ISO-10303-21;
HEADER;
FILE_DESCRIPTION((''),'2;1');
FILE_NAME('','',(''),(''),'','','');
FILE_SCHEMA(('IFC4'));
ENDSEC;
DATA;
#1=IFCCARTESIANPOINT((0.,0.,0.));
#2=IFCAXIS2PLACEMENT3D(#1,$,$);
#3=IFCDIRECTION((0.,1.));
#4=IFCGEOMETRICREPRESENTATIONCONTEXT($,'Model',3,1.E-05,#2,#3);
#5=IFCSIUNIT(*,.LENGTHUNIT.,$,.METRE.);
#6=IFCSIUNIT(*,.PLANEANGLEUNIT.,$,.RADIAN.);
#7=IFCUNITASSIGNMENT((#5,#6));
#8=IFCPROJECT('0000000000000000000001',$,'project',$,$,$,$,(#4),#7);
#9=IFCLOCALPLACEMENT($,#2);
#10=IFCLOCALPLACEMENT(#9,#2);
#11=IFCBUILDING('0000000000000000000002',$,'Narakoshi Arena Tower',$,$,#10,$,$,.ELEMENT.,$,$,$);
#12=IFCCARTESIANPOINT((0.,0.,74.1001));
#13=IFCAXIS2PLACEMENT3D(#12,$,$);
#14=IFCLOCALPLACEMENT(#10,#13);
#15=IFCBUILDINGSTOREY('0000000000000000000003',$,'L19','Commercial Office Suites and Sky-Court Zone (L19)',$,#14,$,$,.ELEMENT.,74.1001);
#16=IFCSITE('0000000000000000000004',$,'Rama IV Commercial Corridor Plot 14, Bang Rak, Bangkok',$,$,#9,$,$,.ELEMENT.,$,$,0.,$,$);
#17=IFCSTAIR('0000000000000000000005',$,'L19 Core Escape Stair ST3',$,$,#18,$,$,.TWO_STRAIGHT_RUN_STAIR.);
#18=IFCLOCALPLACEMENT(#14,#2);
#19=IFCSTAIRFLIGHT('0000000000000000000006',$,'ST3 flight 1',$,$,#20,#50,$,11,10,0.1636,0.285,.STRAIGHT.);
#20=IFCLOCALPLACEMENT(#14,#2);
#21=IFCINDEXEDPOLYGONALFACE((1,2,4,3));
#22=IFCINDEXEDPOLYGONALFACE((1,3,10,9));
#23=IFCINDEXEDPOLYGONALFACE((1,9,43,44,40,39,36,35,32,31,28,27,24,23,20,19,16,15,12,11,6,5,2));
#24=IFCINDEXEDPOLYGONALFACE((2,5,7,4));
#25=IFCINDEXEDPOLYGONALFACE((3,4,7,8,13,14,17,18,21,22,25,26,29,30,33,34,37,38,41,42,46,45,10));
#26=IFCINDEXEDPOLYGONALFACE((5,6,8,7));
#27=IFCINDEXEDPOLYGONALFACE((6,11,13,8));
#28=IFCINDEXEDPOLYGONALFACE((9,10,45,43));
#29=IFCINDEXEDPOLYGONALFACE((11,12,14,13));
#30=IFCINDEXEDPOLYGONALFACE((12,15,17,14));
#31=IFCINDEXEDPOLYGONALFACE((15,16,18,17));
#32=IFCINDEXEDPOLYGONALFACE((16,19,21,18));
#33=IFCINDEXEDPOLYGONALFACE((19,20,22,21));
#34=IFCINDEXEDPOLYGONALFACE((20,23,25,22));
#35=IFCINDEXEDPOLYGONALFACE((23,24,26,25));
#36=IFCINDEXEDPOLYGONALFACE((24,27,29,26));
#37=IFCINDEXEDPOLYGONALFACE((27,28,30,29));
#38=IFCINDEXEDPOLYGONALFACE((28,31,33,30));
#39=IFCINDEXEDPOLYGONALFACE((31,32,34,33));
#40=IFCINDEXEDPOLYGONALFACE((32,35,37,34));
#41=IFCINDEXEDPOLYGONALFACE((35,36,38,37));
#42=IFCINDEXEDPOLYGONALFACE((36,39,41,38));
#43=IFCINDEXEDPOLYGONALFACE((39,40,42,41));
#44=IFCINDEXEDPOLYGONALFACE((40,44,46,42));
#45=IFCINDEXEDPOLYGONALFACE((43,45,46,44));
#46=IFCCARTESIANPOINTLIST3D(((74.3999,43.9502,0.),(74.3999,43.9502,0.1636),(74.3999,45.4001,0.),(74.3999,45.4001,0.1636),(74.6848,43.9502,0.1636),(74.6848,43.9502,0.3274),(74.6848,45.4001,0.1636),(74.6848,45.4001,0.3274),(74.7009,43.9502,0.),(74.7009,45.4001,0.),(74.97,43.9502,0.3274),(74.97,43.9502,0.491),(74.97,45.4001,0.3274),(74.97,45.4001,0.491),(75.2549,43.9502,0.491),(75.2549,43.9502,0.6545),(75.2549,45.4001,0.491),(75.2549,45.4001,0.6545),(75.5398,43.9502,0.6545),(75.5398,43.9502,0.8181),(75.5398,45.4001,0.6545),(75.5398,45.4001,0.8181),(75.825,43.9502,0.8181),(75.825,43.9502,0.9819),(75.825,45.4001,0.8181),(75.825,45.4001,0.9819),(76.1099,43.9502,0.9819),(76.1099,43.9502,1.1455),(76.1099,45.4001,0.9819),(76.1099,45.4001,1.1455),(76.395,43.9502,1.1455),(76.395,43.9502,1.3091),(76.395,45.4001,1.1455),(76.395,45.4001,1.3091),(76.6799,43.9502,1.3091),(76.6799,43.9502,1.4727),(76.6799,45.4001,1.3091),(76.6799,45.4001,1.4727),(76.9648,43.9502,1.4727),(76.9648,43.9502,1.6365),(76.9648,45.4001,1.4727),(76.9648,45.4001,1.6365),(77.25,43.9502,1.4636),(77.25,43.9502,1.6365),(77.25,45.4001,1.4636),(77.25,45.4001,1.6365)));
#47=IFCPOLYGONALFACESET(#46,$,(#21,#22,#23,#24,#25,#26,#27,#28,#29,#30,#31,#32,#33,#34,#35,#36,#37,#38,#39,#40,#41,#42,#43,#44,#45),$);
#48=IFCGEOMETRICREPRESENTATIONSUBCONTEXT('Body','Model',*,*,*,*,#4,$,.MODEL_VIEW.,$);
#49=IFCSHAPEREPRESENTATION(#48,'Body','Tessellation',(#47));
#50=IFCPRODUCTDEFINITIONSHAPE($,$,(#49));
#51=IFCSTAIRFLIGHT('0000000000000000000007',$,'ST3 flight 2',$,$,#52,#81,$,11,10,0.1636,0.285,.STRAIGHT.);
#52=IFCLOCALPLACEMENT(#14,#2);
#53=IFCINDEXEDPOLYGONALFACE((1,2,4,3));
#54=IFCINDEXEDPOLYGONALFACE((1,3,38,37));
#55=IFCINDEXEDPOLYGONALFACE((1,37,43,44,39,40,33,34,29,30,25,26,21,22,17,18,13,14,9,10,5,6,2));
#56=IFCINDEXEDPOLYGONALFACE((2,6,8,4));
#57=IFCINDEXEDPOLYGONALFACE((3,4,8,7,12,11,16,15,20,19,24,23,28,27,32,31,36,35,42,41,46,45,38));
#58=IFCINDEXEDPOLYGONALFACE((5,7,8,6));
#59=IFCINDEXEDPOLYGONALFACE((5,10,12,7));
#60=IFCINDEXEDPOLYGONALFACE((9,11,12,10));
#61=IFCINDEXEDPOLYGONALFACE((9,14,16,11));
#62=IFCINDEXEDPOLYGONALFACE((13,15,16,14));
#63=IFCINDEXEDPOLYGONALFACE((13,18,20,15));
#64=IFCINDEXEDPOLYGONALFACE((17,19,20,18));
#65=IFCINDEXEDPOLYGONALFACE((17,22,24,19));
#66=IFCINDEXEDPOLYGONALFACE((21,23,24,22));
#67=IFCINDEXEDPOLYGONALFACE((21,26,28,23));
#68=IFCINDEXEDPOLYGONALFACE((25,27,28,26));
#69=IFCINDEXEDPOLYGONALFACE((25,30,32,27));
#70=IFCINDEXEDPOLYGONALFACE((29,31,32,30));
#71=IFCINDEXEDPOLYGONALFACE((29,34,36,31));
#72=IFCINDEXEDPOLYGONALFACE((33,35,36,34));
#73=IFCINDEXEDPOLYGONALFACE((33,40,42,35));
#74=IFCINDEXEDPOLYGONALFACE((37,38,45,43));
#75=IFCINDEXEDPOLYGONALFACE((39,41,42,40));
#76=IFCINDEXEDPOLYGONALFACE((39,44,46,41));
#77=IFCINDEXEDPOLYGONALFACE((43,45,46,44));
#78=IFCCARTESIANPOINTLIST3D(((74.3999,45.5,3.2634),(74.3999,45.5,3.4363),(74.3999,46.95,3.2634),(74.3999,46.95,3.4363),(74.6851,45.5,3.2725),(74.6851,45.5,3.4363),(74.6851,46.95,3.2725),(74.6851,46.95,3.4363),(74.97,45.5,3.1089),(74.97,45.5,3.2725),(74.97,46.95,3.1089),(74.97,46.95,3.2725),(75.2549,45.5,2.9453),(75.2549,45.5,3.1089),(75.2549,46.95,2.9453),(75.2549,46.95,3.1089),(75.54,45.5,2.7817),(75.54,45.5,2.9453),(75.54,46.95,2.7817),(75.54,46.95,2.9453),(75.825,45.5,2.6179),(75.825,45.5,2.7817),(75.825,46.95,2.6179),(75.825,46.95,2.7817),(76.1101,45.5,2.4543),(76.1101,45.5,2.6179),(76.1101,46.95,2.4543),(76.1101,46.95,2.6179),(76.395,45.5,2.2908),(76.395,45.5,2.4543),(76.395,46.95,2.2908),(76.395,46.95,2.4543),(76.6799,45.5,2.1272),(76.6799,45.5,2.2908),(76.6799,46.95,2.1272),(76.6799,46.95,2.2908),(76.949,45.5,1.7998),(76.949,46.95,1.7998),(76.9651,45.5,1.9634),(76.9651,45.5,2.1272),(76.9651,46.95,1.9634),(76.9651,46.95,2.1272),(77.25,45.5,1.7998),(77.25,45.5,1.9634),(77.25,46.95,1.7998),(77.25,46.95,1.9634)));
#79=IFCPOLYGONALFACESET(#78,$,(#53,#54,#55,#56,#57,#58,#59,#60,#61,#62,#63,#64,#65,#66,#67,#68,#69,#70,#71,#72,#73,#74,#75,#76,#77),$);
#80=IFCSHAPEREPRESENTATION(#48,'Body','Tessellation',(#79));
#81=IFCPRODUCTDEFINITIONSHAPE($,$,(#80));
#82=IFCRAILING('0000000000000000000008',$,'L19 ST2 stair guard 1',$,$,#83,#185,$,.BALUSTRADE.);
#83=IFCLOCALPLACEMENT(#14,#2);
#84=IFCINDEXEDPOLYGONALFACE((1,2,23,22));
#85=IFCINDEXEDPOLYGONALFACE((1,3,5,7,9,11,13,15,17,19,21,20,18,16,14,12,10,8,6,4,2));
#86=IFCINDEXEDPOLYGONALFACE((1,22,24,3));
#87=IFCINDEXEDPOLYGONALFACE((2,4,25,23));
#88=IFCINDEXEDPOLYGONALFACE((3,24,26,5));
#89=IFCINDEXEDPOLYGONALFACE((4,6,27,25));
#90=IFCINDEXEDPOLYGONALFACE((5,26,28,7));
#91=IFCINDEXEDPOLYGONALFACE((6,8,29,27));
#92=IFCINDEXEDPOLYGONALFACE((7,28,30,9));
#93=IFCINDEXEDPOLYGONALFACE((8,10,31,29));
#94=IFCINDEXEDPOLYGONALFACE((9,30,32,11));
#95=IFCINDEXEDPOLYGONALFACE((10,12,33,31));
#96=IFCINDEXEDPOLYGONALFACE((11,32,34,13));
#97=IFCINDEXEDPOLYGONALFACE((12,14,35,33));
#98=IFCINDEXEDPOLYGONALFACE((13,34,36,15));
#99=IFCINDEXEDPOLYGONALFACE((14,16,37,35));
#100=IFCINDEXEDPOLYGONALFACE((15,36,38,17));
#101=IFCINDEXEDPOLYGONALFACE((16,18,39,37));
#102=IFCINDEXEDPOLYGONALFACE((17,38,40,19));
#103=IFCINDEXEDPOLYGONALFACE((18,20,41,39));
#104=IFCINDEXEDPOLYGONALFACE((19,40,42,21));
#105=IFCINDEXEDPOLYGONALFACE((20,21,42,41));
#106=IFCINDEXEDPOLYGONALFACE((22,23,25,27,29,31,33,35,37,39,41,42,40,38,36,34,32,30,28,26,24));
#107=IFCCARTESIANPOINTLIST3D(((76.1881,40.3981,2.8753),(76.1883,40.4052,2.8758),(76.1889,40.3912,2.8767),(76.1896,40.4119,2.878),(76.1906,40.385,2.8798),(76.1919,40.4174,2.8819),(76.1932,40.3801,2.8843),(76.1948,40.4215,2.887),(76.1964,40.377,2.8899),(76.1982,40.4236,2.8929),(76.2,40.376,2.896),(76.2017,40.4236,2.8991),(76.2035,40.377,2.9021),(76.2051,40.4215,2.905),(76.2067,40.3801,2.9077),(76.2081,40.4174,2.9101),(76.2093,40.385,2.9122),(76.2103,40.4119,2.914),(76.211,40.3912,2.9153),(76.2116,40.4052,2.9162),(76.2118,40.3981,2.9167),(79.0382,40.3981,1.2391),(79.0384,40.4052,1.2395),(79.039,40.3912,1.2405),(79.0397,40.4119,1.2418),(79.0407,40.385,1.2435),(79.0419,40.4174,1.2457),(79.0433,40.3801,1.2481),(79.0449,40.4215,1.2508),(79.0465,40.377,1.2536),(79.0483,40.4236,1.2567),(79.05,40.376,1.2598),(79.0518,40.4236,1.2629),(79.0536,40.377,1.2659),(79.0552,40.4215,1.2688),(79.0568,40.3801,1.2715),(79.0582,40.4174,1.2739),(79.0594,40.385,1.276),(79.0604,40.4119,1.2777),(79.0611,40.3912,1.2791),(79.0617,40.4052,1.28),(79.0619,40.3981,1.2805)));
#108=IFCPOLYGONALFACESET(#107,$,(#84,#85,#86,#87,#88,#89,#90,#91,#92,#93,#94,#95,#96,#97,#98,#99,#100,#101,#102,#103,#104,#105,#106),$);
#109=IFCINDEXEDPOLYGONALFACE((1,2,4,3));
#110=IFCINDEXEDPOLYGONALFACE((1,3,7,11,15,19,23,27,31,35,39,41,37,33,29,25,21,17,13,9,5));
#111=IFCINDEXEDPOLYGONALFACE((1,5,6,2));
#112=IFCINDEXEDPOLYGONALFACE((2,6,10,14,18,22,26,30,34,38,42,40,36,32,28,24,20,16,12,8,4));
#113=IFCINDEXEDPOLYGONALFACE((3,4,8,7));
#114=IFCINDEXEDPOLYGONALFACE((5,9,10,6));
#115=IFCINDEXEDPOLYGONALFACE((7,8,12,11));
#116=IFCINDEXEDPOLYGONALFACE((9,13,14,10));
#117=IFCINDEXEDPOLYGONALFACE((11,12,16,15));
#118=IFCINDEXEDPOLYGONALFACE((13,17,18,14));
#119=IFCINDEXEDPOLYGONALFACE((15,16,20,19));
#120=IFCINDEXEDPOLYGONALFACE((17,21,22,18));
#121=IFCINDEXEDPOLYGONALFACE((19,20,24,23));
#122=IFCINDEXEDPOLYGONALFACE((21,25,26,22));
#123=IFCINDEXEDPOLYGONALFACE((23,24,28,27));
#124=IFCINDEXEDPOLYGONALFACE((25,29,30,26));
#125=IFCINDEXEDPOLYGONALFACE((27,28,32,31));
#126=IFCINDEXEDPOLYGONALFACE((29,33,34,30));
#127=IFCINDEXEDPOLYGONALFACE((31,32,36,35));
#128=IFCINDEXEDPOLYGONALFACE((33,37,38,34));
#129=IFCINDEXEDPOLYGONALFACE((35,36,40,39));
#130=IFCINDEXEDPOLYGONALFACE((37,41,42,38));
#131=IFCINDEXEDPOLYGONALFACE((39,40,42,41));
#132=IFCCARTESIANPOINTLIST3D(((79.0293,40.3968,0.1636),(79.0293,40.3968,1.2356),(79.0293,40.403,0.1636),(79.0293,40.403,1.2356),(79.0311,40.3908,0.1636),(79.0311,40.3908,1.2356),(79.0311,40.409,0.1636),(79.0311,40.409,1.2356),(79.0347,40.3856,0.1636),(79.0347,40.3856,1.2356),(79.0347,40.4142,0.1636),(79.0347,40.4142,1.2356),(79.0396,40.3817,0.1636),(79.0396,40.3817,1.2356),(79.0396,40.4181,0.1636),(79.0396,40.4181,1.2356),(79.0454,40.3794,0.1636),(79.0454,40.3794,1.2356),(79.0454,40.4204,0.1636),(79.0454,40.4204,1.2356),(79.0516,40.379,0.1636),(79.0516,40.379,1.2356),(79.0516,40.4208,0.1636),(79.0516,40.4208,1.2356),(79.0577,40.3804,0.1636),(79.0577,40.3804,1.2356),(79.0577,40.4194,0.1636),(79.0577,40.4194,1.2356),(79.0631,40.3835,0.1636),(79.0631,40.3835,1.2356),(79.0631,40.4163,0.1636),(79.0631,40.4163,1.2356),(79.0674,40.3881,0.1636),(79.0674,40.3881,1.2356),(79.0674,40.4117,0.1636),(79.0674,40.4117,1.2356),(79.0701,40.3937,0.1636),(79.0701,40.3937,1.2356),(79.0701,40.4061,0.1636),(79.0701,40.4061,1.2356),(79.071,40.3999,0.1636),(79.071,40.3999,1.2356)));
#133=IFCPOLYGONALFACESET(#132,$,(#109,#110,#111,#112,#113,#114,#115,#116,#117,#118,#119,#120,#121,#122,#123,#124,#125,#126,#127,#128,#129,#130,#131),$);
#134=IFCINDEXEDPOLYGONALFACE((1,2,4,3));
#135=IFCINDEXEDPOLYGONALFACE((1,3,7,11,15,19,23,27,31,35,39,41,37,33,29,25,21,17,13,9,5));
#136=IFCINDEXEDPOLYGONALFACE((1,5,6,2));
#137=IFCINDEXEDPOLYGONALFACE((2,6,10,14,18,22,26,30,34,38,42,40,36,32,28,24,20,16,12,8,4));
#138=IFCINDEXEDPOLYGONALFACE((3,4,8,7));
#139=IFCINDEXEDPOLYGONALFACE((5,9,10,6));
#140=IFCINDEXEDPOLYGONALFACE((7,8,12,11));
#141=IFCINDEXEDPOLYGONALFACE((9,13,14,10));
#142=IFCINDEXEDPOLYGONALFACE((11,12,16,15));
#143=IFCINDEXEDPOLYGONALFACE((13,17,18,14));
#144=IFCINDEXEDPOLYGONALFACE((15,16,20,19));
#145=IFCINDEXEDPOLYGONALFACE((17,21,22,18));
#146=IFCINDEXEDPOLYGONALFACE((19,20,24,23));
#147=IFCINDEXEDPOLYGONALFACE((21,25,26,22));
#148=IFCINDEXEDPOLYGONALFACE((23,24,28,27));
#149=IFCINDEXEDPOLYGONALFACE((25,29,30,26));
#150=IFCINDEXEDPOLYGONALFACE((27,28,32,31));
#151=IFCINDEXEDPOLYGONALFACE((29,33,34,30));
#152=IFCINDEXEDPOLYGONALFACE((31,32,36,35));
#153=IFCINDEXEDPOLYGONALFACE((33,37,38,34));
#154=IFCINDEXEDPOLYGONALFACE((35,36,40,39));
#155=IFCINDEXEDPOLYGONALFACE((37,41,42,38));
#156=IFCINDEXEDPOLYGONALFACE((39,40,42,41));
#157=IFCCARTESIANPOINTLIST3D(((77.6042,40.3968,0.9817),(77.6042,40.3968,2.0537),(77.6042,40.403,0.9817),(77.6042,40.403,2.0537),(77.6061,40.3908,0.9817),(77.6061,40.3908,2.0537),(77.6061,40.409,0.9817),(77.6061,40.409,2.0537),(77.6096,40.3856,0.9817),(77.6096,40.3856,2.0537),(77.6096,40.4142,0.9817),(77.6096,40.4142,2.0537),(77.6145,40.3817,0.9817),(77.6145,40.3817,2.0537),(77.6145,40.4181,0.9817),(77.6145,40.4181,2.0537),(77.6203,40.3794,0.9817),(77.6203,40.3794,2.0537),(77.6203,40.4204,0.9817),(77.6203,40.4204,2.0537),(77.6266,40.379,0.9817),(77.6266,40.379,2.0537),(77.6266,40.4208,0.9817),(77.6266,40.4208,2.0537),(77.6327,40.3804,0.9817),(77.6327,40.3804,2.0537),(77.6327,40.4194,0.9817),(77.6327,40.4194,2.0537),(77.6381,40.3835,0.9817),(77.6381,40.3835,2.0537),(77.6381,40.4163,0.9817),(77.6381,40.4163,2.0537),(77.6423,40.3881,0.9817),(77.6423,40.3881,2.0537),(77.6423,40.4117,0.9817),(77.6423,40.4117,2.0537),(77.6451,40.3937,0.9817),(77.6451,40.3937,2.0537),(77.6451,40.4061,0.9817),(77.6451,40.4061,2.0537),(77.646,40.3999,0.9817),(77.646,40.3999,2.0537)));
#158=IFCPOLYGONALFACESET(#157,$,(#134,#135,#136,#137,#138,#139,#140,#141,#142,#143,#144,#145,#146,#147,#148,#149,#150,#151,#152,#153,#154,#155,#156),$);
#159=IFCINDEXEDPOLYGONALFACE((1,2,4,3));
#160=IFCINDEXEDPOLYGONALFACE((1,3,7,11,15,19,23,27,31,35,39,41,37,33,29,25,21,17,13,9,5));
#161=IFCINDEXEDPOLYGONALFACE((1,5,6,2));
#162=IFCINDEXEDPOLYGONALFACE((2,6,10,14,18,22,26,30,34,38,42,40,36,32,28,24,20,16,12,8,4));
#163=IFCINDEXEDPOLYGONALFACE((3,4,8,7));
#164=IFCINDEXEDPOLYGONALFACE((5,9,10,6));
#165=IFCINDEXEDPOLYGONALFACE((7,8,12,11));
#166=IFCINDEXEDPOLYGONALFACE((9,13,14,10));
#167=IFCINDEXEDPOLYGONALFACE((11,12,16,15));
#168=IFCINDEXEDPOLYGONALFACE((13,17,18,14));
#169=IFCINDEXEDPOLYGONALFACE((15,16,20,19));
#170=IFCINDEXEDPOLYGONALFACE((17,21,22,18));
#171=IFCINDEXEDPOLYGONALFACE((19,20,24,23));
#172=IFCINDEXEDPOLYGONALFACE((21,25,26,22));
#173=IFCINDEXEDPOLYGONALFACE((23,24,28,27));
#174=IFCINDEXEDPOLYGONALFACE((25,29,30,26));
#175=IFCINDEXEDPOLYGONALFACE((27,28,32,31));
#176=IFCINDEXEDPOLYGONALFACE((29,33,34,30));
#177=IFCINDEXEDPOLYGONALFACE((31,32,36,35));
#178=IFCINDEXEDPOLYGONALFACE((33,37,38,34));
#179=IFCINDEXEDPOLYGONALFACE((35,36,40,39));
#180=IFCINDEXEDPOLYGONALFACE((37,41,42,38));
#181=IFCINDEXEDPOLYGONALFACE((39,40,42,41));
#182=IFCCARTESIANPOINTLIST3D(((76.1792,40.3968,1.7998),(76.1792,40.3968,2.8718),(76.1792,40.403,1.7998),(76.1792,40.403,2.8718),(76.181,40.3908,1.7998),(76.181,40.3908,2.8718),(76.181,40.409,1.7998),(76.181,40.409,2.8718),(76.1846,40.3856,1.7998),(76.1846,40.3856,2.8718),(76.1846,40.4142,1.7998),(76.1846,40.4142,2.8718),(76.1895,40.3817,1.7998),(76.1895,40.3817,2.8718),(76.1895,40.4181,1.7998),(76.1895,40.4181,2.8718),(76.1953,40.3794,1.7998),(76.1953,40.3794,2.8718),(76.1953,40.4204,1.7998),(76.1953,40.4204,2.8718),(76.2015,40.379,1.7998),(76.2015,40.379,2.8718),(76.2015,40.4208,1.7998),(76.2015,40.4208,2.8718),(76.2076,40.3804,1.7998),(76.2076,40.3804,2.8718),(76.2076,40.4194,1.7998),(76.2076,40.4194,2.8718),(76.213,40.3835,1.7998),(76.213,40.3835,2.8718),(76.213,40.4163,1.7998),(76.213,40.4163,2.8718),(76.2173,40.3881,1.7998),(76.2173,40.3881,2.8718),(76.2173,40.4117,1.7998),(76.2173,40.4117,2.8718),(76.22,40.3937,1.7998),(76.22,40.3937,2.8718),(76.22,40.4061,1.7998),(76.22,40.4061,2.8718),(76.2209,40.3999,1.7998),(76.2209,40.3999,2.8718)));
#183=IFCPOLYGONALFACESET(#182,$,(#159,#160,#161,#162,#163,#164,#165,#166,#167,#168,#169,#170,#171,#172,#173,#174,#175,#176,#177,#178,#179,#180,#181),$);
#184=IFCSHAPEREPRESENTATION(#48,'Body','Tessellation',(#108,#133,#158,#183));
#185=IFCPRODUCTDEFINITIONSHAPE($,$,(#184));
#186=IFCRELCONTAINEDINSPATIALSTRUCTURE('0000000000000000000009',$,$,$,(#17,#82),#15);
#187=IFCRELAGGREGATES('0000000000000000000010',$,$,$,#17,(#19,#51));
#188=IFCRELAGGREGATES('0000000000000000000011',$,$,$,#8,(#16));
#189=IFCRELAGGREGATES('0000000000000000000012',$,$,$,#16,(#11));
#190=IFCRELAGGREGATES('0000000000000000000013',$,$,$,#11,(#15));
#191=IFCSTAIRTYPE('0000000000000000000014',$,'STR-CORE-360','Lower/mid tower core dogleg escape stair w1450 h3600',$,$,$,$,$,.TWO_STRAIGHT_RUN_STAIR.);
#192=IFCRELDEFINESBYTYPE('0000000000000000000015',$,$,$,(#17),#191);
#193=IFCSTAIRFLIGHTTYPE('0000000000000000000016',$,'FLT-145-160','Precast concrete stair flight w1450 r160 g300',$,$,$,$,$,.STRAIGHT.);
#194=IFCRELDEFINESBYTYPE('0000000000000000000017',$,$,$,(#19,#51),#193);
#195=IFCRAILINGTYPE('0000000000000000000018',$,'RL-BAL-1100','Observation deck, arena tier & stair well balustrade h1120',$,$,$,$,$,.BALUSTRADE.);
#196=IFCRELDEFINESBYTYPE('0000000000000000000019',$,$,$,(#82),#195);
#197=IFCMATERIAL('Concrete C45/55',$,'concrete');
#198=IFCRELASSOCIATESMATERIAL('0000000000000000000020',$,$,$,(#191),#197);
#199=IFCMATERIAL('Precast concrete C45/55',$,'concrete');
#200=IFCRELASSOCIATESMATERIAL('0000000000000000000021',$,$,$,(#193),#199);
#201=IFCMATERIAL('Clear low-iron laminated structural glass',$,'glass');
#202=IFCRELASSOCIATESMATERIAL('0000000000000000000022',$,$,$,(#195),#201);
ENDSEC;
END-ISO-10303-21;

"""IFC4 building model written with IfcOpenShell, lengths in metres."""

from ifc_helpers import new_model, si_unit, direction, frame, origin, origin_2d, place, context, subcontext, project, spatial, polyline, circle, outline, extrude, material, type_object, element, aggregate, save


model = new_model("IFC4")

# Units and contexts
model_context = context("Model", 3, precision=1e-05, world=origin(), true_north=direction((0.0, 1.0)))
body_context = subcontext(model_context, "Body", "Model", "MODEL_VIEW")
ifc_project = project(units=[si_unit("LENGTHUNIT", "METRE"), si_unit("PLANEANGLEUNIT", "RADIAN")], contexts=[model_context])

# Site, building, storey
site_placement = place(None, origin())
site = spatial("IfcSite", under=ifc_project, at=site_placement, Name="Rama IV Commercial Corridor Plot 14, Bang Rak, Bangkok", CompositionType="ELEMENT", RefElevation=0.0)
building_placement = place(site_placement, origin())
building = spatial("IfcBuilding", under=site, at=building_placement, Name="Narakoshi Arena Tower", CompositionType="ELEMENT")
storey_placement = place(building_placement, frame((0.0, 0.0, 74.1001)))
storey = spatial("IfcBuildingStorey", under=building, at=storey_placement, Name="L19", Description="Commercial Office Suites and Sky-Court Zone (L19)", CompositionType="ELEMENT", Elevation=74.1001)

# Shared definitions
ifc_material_1 = material(Name="Concrete C45/55", Category="concrete")
stair_type = type_object("IfcStairType", Name="STR-CORE-360", Description="Lower/mid tower core dogleg escape stair w1450 h3600", PredefinedType="TWO_STRAIGHT_RUN_STAIR", material=ifc_material_1)
ifc_material_2 = material(Name="Precast concrete C45/55", Category="concrete")
stair_flight_type = type_object("IfcStairFlightType", Name="FLT-145-160", Description="Precast concrete stair flight w1450 r160 g300", PredefinedType="STRAIGHT", material=ifc_material_2)

# Stair, stair flights
stair_1_placement = place(storey_placement, origin())
stair_1 = element("IfcStair", 1, at=stair_1_placement, inside=storey, type_object=stair_type, Name="L19 Core Escape Stair ST3", PredefinedType="TWO_STRAIGHT_RUN_STAIR")
stair_flight_1_placement = place(storey_placement, frame((74.3999, 44.675, 0.0), z_axis=(0.0, 0.0, 1.0), x_axis=(1.0, 0.0, 0.0)))
stair_flight_1 = element("IfcStairFlight", 2, at=stair_flight_1_placement, type_object=stair_flight_type, Name="ST3 flight 1", NumberOfRisers=11, NumberOfTreads=10, PredefinedType="STRAIGHT", RiserHeight=0.1636, TreadLength=0.285, context=body_context, shape_type="SweptSolid", body=[
    extrude(outline(polyline([(0.0, 0.0), (0.0, 0.1636), (0.2849, 0.1636), (0.2849, 0.3274), (0.5701, 0.3274), (0.5701, 0.491), (0.855, 0.491), (0.855, 0.6545), (1.1399, 0.6545), (1.1399, 0.8181), (1.425, 0.8181), (1.425, 0.9819), (1.71, 0.9819), (1.71, 1.1455), (1.9951, 1.1455), (1.9951, 1.3091), (2.28, 1.3091), (2.28, 1.4727), (2.5649, 1.4727), (2.5649, 1.6365), (2.8501, 1.6365), (2.8501, 1.8), (2.8501, 1.4636), (0.301, 0.0), (0.0, 0.0)])), frame((0.0, 0.7251, 0.0), z_axis=(0.0, -1.0, 0.0), x_axis=(1.0, 0.0, 0.0)), (0.0, 0.0, 1.0), 1.45),
])
stair_flight_2_placement = place(storey_placement, frame((77.25, 46.2251, 1.7998), z_axis=(0.0, 0.0, 1.0), x_axis=(-1.0, 0.0, 0.0)))
stair_flight_2 = element("IfcStairFlight", 3, at=stair_flight_2_placement, type_object=stair_flight_type, Name="ST3 flight 2", NumberOfRisers=11, NumberOfTreads=10, PredefinedType="STRAIGHT", RiserHeight=0.1636, TreadLength=0.285, context=body_context, shape_type="SweptSolid", body=[
    extrude(outline(polyline([(0.0, 0.0), (0.0, 0.1636), (0.2849, 0.1636), (0.2849, 0.3274), (0.5701, 0.3274), (0.5701, 0.491), (0.855, 0.491), (0.855, 0.6545), (1.1399, 0.6545), (1.1399, 0.8181), (1.425, 0.8181), (1.425, 0.9819), (1.71, 0.9819), (1.71, 1.1455), (1.9951, 1.1455), (1.9951, 1.3091), (2.28, 1.3091), (2.28, 1.4727), (2.5649, 1.4727), (2.5649, 1.6365), (2.8501, 1.6365), (2.8501, 1.8), (2.8501, 1.4636), (0.301, 0.0), (0.0, 0.0)])), frame((0.0, 0.7251, 0.0), z_axis=(0.0, -1.0, 0.0), x_axis=(1.0, 0.0, 0.0)), (0.0, 0.0, 1.0), 1.45),
])
aggregate(stair_1, [stair_flight_1, stair_flight_2])

# Railing
ifc_material_3 = material(Name="Clear low-iron laminated structural glass", Category="glass")
railing_type_1 = type_object("IfcRailingType", Name="RL-BAL-1100", Description="Observation deck, arena tier & stair well balustrade h1120", PredefinedType="BALUSTRADE", material=ifc_material_3)
railing_1_placement = place(storey_placement, frame((79.05, 40.3999, 0.1636)))
element("IfcRailing", 4, at=railing_1_placement, inside=storey, type_object=railing_type_1, Name="L19 ST2 stair guard 1", PredefinedType="BALUSTRADE", context=body_context, shape_type="SweptSolid", body=[
    extrude(circle(Radius=0.0239, at=origin_2d()), frame((0.0, 0.0, 1.0962), z_axis=(-0.867245, 0.0, 0.497882), x_axis=(0.0, -1.0, 0.0)), (0.0, 0.0, 1.0), 3.2864),
    extrude(circle(Radius=0.021, at=origin_2d()), origin(), (0.0, 0.0, 1.0), 1.072),
    extrude(circle(Radius=0.021, at=origin_2d()), frame((-1.425, 0.0, 0.8181)), (0.0, 0.0, 1.0), 1.072),
    extrude(circle(Radius=0.021, at=origin_2d()), frame((-2.8501, 0.0, 1.6362)), (0.0, 0.0, 1.0), 1.072),
])

save(model, "model.ifc")
